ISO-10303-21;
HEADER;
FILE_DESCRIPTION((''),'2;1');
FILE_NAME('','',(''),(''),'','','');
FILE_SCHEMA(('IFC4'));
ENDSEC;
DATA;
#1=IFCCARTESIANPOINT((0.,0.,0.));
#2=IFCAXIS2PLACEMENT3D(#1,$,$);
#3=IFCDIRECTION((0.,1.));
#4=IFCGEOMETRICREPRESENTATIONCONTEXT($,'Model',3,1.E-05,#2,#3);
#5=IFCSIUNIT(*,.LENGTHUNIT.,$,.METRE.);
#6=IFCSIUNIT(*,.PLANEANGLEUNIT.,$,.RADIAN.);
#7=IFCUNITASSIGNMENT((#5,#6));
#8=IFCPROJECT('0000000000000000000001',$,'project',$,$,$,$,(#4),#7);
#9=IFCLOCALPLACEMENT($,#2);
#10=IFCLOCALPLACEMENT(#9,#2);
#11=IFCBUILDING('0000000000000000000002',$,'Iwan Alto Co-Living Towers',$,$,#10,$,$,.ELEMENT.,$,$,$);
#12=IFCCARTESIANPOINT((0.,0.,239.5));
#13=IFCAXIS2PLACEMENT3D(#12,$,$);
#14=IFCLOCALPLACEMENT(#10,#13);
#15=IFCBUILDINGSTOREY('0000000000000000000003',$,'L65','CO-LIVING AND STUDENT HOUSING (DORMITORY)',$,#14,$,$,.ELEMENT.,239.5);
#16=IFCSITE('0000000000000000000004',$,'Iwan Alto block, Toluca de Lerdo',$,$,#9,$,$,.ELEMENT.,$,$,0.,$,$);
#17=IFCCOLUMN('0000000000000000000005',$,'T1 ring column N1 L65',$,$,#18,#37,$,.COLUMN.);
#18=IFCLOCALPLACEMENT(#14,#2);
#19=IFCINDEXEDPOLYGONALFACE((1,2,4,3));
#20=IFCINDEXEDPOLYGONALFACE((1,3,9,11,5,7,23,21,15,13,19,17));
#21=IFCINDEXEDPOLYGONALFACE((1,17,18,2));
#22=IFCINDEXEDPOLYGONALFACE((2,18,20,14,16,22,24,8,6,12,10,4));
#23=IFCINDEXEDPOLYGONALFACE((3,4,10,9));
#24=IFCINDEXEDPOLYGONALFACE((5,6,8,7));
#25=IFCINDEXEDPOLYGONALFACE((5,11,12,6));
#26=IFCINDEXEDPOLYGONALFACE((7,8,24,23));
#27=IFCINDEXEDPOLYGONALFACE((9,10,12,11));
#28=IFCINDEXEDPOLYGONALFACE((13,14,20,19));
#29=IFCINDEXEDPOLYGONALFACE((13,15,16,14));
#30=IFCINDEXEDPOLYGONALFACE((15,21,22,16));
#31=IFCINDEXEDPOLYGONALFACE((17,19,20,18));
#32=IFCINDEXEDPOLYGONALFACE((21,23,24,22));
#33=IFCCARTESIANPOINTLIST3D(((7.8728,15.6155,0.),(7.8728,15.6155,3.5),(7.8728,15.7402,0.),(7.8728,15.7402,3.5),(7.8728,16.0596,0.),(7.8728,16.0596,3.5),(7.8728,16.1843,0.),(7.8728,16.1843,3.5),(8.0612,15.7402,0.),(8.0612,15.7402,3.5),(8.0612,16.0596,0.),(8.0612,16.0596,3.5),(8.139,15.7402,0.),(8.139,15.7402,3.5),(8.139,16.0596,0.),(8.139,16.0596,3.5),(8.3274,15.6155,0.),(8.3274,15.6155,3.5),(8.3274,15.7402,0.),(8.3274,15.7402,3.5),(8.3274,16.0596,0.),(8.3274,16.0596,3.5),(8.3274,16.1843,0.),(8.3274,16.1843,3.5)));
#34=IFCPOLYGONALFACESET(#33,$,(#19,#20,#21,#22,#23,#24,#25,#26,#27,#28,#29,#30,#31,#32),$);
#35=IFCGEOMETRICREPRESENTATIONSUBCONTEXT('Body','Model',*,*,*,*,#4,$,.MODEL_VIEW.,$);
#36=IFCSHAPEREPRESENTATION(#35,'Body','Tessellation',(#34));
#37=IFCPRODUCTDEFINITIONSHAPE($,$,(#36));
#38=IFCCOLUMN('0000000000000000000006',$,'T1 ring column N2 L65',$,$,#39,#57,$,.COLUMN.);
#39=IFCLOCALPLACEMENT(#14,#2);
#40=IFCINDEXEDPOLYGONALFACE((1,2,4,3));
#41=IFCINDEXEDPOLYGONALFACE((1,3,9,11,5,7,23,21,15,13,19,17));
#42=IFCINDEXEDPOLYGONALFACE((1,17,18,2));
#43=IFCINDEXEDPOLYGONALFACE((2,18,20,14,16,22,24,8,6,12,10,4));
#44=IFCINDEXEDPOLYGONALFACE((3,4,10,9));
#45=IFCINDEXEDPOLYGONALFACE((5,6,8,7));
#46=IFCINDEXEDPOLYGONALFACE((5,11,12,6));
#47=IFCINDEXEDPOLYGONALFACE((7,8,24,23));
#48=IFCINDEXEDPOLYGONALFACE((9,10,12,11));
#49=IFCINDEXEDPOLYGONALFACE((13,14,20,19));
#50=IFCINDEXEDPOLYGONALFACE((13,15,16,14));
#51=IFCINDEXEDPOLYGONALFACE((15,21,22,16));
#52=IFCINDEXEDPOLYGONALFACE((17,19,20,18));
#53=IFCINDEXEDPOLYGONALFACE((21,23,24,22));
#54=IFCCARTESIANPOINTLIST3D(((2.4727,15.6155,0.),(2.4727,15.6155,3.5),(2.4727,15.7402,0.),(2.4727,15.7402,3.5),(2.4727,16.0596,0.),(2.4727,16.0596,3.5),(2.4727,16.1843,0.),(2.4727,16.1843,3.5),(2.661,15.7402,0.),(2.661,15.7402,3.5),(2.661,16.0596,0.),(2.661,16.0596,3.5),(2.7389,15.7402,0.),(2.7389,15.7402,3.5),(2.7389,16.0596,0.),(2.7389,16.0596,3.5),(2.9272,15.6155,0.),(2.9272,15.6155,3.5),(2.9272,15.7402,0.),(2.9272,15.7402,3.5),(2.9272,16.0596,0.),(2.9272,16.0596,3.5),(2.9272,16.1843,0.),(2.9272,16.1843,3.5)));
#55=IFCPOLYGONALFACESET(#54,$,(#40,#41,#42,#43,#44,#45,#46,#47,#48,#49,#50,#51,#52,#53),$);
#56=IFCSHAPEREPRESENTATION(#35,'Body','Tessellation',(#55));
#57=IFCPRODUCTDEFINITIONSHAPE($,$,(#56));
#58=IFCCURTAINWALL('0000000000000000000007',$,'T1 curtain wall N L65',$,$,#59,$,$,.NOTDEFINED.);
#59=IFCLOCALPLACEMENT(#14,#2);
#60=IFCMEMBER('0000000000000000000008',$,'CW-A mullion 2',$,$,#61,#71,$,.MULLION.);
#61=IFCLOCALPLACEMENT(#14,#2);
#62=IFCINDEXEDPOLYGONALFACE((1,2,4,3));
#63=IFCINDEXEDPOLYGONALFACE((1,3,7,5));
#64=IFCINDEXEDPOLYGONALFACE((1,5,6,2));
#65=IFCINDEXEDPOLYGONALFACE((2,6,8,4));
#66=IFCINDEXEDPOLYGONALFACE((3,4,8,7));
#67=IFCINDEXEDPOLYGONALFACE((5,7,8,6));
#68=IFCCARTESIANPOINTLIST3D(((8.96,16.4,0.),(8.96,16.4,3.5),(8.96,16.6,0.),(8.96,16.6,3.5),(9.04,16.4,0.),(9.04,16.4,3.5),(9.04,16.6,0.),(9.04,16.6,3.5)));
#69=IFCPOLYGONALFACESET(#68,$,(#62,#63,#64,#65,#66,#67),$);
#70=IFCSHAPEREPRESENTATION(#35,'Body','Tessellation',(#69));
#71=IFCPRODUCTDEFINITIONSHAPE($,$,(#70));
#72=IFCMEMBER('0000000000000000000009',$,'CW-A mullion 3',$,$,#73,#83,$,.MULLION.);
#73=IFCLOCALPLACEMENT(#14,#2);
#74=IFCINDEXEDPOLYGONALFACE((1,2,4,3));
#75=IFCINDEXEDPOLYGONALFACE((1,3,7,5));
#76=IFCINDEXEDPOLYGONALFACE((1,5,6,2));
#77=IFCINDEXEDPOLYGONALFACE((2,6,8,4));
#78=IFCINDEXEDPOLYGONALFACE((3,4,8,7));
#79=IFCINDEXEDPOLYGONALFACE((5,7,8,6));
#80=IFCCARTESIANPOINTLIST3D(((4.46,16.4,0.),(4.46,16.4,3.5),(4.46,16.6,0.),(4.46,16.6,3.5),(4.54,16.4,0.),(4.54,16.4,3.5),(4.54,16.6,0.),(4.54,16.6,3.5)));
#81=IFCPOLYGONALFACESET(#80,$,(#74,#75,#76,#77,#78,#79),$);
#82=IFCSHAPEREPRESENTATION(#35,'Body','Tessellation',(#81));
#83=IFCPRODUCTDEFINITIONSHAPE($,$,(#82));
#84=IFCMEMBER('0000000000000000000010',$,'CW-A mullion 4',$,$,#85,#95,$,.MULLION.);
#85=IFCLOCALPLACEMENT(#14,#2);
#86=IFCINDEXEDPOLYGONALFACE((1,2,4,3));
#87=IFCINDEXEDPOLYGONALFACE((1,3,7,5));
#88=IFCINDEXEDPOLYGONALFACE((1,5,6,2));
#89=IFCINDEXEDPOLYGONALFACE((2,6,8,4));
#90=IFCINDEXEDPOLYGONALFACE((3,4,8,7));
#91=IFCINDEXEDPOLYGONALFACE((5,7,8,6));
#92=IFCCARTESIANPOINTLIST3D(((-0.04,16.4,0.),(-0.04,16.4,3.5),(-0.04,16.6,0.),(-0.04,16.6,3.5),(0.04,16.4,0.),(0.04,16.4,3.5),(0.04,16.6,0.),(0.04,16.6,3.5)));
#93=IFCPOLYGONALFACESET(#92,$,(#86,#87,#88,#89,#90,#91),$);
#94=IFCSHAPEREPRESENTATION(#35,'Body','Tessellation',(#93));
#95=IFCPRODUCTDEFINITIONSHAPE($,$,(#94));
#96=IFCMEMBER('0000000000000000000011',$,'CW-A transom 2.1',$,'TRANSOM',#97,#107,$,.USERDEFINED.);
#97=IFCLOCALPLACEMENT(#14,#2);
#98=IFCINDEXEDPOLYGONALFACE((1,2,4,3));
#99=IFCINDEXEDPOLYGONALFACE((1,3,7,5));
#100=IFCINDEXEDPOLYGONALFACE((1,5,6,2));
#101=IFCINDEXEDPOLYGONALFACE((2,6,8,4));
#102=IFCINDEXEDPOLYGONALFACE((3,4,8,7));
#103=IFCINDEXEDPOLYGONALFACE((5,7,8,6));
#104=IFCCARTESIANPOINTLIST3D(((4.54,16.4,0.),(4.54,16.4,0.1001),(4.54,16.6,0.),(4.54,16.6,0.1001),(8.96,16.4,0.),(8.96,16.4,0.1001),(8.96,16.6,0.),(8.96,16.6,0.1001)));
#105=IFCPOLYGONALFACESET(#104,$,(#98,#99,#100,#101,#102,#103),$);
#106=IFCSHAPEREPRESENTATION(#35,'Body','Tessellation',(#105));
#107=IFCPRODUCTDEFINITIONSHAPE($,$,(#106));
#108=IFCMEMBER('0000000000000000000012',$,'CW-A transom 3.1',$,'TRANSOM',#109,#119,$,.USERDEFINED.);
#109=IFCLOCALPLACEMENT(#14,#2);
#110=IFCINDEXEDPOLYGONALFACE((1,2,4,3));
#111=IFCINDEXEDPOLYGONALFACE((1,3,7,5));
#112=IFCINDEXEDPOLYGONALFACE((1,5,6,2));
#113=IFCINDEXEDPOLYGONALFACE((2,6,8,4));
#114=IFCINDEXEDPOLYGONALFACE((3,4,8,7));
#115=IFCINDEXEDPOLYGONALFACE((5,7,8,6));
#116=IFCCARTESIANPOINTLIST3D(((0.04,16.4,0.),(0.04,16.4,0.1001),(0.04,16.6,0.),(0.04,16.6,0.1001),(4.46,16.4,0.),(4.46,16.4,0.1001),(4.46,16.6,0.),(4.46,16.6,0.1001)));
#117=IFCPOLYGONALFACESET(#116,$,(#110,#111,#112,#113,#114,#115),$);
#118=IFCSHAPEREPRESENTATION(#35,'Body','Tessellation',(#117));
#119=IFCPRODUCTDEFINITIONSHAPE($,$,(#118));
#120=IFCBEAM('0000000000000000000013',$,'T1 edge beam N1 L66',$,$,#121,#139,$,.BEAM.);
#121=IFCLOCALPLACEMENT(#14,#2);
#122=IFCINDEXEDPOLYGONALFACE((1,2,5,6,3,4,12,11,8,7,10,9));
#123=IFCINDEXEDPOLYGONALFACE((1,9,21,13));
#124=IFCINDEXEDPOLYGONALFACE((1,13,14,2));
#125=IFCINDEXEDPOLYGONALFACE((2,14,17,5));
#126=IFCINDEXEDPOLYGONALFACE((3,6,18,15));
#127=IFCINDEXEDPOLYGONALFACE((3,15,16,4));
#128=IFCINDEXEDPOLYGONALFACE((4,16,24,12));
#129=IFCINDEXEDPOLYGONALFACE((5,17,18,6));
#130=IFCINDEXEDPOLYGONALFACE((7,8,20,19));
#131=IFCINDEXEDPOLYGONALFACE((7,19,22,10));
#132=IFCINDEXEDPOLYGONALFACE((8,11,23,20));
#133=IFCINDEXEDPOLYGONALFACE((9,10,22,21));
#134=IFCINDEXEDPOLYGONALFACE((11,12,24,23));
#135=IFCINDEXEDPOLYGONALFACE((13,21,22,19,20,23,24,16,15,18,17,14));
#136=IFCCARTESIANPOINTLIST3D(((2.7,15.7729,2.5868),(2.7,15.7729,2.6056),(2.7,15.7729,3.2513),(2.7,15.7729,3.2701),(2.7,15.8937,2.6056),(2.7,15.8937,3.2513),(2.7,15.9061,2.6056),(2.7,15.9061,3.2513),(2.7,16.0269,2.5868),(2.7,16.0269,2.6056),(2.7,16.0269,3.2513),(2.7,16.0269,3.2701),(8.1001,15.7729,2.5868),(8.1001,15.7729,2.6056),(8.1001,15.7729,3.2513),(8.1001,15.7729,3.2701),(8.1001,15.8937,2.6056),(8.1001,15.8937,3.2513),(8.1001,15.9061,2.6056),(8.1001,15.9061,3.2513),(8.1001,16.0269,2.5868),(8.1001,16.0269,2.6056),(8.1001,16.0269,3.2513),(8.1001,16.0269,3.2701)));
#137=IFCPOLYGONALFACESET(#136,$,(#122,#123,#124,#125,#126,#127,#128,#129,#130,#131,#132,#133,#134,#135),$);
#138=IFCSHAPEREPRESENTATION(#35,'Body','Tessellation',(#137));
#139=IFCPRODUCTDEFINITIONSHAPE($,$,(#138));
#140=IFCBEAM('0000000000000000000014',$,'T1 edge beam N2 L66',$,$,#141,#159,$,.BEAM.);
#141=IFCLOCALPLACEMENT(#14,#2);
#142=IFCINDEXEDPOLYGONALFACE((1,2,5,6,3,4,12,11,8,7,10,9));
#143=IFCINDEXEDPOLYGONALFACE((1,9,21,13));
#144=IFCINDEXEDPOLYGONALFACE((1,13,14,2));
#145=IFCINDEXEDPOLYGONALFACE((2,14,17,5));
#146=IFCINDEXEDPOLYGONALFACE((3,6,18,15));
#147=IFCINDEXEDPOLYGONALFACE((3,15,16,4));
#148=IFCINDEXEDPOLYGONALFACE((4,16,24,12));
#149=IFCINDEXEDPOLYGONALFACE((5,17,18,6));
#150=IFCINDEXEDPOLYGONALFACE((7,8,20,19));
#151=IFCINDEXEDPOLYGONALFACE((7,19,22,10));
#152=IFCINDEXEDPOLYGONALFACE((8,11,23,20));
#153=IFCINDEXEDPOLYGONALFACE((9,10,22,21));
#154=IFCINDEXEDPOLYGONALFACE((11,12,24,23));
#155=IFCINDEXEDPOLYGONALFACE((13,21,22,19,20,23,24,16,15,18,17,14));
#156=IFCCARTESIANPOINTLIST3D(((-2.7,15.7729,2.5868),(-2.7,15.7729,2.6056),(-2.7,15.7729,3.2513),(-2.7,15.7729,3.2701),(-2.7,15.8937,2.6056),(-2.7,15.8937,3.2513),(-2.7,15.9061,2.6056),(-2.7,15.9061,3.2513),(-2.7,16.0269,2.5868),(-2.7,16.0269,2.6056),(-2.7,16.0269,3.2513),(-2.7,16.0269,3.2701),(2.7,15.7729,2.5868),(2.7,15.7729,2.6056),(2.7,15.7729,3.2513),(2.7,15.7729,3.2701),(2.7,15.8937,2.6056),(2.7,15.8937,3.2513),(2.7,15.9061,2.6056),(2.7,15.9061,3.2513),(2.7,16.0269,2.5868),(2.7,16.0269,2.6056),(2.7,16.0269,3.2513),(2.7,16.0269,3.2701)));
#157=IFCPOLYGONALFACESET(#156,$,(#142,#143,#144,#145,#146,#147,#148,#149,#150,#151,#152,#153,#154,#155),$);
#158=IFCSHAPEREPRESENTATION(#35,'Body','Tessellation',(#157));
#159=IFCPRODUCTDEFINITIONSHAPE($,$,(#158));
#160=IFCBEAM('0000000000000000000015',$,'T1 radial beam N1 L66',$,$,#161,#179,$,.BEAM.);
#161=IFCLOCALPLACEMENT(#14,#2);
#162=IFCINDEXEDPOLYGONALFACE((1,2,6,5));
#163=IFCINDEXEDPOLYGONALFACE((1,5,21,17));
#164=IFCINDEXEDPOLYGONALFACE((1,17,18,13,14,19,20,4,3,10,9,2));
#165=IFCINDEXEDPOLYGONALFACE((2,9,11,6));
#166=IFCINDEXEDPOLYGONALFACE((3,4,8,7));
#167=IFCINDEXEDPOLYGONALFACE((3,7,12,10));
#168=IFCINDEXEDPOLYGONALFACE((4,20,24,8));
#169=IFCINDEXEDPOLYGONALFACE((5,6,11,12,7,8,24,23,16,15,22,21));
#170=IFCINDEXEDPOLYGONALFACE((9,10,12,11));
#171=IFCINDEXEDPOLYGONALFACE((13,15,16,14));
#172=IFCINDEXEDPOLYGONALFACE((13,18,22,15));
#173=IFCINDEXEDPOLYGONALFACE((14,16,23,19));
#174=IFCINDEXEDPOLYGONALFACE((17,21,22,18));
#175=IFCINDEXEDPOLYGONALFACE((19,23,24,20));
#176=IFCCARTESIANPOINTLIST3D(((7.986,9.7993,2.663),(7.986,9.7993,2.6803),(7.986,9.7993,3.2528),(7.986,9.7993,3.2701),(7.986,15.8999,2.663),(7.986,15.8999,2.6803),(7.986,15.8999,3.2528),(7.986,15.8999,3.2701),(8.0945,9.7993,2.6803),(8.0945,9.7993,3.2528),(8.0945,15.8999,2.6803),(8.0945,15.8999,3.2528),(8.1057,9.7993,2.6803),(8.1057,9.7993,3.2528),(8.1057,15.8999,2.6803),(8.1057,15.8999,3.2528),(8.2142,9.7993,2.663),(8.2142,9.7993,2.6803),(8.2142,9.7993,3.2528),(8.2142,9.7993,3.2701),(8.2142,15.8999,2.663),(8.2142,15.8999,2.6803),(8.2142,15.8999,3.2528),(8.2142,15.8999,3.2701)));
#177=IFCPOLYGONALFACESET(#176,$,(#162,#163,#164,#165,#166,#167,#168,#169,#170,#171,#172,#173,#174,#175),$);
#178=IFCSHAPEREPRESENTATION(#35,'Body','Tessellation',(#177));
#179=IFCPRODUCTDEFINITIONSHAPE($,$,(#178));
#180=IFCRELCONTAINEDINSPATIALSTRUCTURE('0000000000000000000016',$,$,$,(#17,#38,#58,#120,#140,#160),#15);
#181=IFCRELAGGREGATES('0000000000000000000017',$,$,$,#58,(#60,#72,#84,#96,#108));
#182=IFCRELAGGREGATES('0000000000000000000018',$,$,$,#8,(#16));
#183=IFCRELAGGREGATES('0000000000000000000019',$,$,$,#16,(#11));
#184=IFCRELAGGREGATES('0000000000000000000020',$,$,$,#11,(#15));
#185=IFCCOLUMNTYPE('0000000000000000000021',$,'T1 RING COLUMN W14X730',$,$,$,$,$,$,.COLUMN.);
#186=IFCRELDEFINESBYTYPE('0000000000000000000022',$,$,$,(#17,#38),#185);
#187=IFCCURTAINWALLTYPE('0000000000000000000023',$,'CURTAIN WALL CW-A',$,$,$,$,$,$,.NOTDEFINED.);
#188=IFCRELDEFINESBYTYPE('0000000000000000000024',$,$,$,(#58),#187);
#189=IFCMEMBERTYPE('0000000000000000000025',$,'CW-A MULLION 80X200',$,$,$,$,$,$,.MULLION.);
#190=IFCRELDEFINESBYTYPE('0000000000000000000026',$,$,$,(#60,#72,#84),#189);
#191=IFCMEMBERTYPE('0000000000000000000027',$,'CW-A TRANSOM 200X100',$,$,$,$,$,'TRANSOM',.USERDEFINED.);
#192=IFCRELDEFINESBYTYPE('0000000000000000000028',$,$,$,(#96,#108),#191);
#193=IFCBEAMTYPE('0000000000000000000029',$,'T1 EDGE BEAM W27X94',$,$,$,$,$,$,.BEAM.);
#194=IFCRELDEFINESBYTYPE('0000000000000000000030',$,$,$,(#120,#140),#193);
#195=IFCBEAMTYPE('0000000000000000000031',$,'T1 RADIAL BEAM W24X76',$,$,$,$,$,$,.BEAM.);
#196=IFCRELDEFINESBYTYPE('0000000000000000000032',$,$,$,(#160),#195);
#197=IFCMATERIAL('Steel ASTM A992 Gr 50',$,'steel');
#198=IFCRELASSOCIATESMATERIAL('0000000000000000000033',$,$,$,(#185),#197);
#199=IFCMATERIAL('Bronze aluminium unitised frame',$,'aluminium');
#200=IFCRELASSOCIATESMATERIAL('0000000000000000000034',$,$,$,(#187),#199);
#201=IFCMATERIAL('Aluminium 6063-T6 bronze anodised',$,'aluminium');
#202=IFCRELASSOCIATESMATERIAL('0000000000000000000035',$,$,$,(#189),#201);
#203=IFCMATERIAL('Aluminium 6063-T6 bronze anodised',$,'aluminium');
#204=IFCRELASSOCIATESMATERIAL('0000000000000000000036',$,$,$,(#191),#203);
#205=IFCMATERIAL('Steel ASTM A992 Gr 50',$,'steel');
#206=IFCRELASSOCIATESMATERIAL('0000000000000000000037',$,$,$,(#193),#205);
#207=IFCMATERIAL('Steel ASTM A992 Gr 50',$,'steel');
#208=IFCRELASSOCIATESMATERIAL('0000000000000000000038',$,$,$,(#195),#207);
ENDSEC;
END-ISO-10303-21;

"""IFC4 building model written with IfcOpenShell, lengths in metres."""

from ifc_helpers import new_model, si_unit, direction, frame, origin, origin_2d, place, context, subcontext, project, spatial, rectangle, i_section, extrude, material, material_profile, profile_set, type_object, element, aggregate, save


model = new_model("IFC4")

# Units and contexts
model_context = context("Model", 3, precision=1e-05, world=origin(), true_north=direction((0.0, 1.0)))
body_context = subcontext(model_context, "Body", "Model", "MODEL_VIEW")
ifc_project = project(units=[si_unit("LENGTHUNIT", "METRE"), si_unit("PLANEANGLEUNIT", "RADIAN")], contexts=[model_context])

# Site, building, storey
site_placement = place(None, origin())
site = spatial("IfcSite", under=ifc_project, at=site_placement, Name="Iwan Alto block, Toluca de Lerdo", CompositionType="ELEMENT", RefElevation=0.0)
building_placement = place(site_placement, origin())
building = spatial("IfcBuilding", under=site, at=building_placement, Name="Iwan Alto Co-Living Towers", CompositionType="ELEMENT")
storey_placement = place(building_placement, frame((0.0, 0.0, 239.5)))
storey = spatial("IfcBuildingStorey", under=building, at=storey_placement, Name="L65", Description="CO-LIVING AND STUDENT HOUSING (DORMITORY)", CompositionType="ELEMENT", Elevation=239.5)

# Columns
ifc_material_1 = material(Name="Steel ASTM A992 Gr 50", Category="steel")
ifc_material_profile_1 = material_profile(ifc_material_1, i_section(OverallWidth=0.4546, OverallDepth=0.5688, WebThickness=0.0779, FlangeThickness=0.1248, at=origin_2d()), Name="W14X730")
ifc_profile_set_1 = profile_set([ifc_material_profile_1], Name="Steel ASTM A992 Gr 50")
column_type = type_object("IfcColumnType", Name="T1 RING COLUMN W14X730", PredefinedType="COLUMN", material=ifc_profile_set_1)
for number, where, z_axis, x_axis, name in (
    (1, (8.1001, 15.8999, 0.0), (0.0, 0.0, 1.0), (1.0, 0.0, 0.0), "T1 ring column N1 L65"),
    (2, (2.7, 15.8999, 0.0), (0.0, 0.0, 1.0), (1.0, 0.0, 0.0), "T1 ring column N2 L65"),
):
    element("IfcColumn", number, at=place(storey_placement, frame(where, z_axis=z_axis, x_axis=x_axis)), inside=storey, type_object=column_type, Name=name, PredefinedType="COLUMN", context=body_context, shape_type="SweptSolid", body=[
        extrude(i_section(OverallWidth=0.4546, OverallDepth=0.5688, WebThickness=0.0779, FlangeThickness=0.1248, at=origin_2d()), origin(), (0.0, 0.0, 1.0), 3.5),
    ])

# Curtain wall, members
ifc_material_2 = material(Name="Bronze aluminium unitised frame", Category="aluminium")
curtain_wall_type = type_object("IfcCurtainWallType", Name="CURTAIN WALL CW-A", PredefinedType="NOTDEFINED", material=ifc_material_2)
curtain_wall_placement = place(storey_placement, origin())
curtain_wall = element("IfcCurtainWall", 3, at=curtain_wall_placement, inside=storey, type_object=curtain_wall_type, Name="T1 curtain wall N L65", PredefinedType="NOTDEFINED")
ifc_material_3 = material(Name="Aluminium 6063-T6 bronze anodised", Category="aluminium")
ifc_material_profile_2 = material_profile(ifc_material_3, rectangle(XDim=0.2, YDim=0.0801, at=origin_2d()), Name="AL 80X200")
ifc_profile_set_2 = profile_set([ifc_material_profile_2], Name="Aluminium 6063-T6 bronze anodised")
member_type_1 = type_object("IfcMemberType", Name="CW-A MULLION 80X200", PredefinedType="MULLION", material=ifc_profile_set_2)
member_1_placement = place(storey_placement, frame((9.0, 16.5, 0.0), z_axis=(0.0, 0.0, 1.0), x_axis=(0.0, -1.0, 0.0)))
member_1 = element("IfcMember", 4, at=member_1_placement, type_object=member_type_1, Name="CW-A mullion 2", PredefinedType="MULLION", context=body_context, shape_type="SweptSolid", body=[
    extrude(rectangle(XDim=0.2, YDim=0.0801, at=origin_2d()), origin(), (0.0, 0.0, 1.0), 3.5),
])
member_2_placement = place(storey_placement, frame((4.5, 16.5, 0.0), z_axis=(0.0, 0.0, 1.0), x_axis=(0.0, -1.0, 0.0)))
member_2 = element("IfcMember", 5, at=member_2_placement, type_object=member_type_1, Name="CW-A mullion 3", PredefinedType="MULLION", context=body_context, shape_type="SweptSolid", body=[
    extrude(rectangle(XDim=0.2, YDim=0.0801, at=origin_2d()), origin(), (0.0, 0.0, 1.0), 3.5),
])
member_3_placement = place(storey_placement, frame((0.0, 16.5, 0.0), z_axis=(0.0, 0.0, 1.0), x_axis=(0.0, -1.0, 0.0)))
member_3 = element("IfcMember", 6, at=member_3_placement, type_object=member_type_1, Name="CW-A mullion 4", PredefinedType="MULLION", context=body_context, shape_type="SweptSolid", body=[
    extrude(rectangle(XDim=0.2, YDim=0.0801, at=origin_2d()), origin(), (0.0, 0.0, 1.0), 3.5),
])
ifc_material_4 = material(Name="Aluminium 6063-T6 bronze anodised", Category="aluminium")
ifc_material_profile_3 = material_profile(ifc_material_4, rectangle(XDim=0.2, YDim=0.1001, at=origin_2d()), Name="AL 200X100")
ifc_profile_set_3 = profile_set([ifc_material_profile_3], Name="Aluminium 6063-T6 bronze anodised")
member_type_2 = type_object("IfcMemberType", Name="CW-A TRANSOM 200X100", ElementType="TRANSOM", PredefinedType="USERDEFINED", material=ifc_profile_set_3)
member_4_placement = place(storey_placement, frame((8.96, 16.5, 0.05), z_axis=(-1.0, 0.0, 0.0), x_axis=(0.0, -1.0, 0.0)))
member_4 = element("IfcMember", 7, at=member_4_placement, type_object=member_type_2, Name="CW-A transom 2.1", ObjectType="TRANSOM", PredefinedType="USERDEFINED", context=body_context, shape_type="SweptSolid", body=[
    extrude(rectangle(XDim=0.2, YDim=0.1001, at=origin_2d()), origin(), (0.0, 0.0, 1.0), 4.4199),
])
member_5_placement = place(storey_placement, frame((4.46, 16.5, 0.05), z_axis=(-1.0, 0.0, 0.0), x_axis=(0.0, -1.0, 0.0)))
member_5 = element("IfcMember", 8, at=member_5_placement, type_object=member_type_2, Name="CW-A transom 3.1", ObjectType="TRANSOM", PredefinedType="USERDEFINED", context=body_context, shape_type="SweptSolid", body=[
    extrude(rectangle(XDim=0.2, YDim=0.1001, at=origin_2d()), origin(), (0.0, 0.0, 1.0), 4.4199),
])

# Beams
ifc_material_5 = material(Name="Steel ASTM A992 Gr 50", Category="steel")
ifc_material_profile_4 = material_profile(ifc_material_5, i_section(OverallWidth=0.2539, OverallDepth=0.6833, WebThickness=0.0125, FlangeThickness=0.0188, at=origin_2d()), Name="W27X94")
ifc_profile_set_4 = profile_set([ifc_material_profile_4], Name="Steel ASTM A992 Gr 50")
beam_type_1 = type_object("IfcBeamType", Name="T1 EDGE BEAM W27X94", PredefinedType="BEAM", material=ifc_profile_set_4)
beam_1_placement = place(storey_placement, frame((8.1001, 15.8999, 2.9285), z_axis=(-1.0, 0.0, 0.0), x_axis=(0.0, -1.0, 0.0)))
element("IfcBeam", 9, at=beam_1_placement, inside=storey, type_object=beam_type_1, Name="T1 edge beam N1 L66", PredefinedType="BEAM", context=body_context, shape_type="SweptSolid", body=[
    extrude(i_section(OverallWidth=0.2539, OverallDepth=0.6833, WebThickness=0.0125, FlangeThickness=0.0188, at=origin_2d()), origin(), (0.0, 0.0, 1.0), 5.4001),
])
beam_2_placement = place(storey_placement, frame((2.7, 15.8999, 2.9285), z_axis=(-1.0, 0.0, 0.0), x_axis=(0.0, -1.0, 0.0)))
element("IfcBeam", 10, at=beam_2_placement, inside=storey, type_object=beam_type_1, Name="T1 edge beam N2 L66", PredefinedType="BEAM", context=body_context, shape_type="SweptSolid", body=[
    extrude(i_section(OverallWidth=0.2539, OverallDepth=0.6833, WebThickness=0.0125, FlangeThickness=0.0188, at=origin_2d()), origin(), (0.0, 0.0, 1.0), 5.3999),
])
ifc_material_6 = material(Name="Steel ASTM A992 Gr 50", Category="steel")
ifc_material_profile_5 = material_profile(ifc_material_6, i_section(OverallWidth=0.2283, OverallDepth=0.6072, WebThickness=0.0112, FlangeThickness=0.0173, at=origin_2d()), Name="W24X76")
ifc_profile_set_5 = profile_set([ifc_material_profile_5], Name="Steel ASTM A992 Gr 50")
beam_type_2 = type_object("IfcBeamType", Name="T1 RADIAL BEAM W24X76", PredefinedType="BEAM", material=ifc_profile_set_5)
for number, where, z_axis, x_axis, name in (
    (11, (8.1001, 15.8999, 2.9666), (0.0, -1.0, 0.0), (1.0, 0.0, 0.0), "T1 radial beam N1 L66"),
):
    element("IfcBeam", number, at=place(storey_placement, frame(where, z_axis=z_axis, x_axis=x_axis)), inside=storey, type_object=beam_type_2, Name=name, PredefinedType="BEAM", context=body_context, shape_type="SweptSolid", body=[
        extrude(i_section(OverallWidth=0.2283, OverallDepth=0.6072, WebThickness=0.0112, FlangeThickness=0.0173, at=origin_2d()), origin(), (0.0, 0.0, 1.0), 6.1006),
    ])

aggregate(curtain_wall, [member_1, member_2, member_3, member_4, member_5])

save(model, "model.ifc")
